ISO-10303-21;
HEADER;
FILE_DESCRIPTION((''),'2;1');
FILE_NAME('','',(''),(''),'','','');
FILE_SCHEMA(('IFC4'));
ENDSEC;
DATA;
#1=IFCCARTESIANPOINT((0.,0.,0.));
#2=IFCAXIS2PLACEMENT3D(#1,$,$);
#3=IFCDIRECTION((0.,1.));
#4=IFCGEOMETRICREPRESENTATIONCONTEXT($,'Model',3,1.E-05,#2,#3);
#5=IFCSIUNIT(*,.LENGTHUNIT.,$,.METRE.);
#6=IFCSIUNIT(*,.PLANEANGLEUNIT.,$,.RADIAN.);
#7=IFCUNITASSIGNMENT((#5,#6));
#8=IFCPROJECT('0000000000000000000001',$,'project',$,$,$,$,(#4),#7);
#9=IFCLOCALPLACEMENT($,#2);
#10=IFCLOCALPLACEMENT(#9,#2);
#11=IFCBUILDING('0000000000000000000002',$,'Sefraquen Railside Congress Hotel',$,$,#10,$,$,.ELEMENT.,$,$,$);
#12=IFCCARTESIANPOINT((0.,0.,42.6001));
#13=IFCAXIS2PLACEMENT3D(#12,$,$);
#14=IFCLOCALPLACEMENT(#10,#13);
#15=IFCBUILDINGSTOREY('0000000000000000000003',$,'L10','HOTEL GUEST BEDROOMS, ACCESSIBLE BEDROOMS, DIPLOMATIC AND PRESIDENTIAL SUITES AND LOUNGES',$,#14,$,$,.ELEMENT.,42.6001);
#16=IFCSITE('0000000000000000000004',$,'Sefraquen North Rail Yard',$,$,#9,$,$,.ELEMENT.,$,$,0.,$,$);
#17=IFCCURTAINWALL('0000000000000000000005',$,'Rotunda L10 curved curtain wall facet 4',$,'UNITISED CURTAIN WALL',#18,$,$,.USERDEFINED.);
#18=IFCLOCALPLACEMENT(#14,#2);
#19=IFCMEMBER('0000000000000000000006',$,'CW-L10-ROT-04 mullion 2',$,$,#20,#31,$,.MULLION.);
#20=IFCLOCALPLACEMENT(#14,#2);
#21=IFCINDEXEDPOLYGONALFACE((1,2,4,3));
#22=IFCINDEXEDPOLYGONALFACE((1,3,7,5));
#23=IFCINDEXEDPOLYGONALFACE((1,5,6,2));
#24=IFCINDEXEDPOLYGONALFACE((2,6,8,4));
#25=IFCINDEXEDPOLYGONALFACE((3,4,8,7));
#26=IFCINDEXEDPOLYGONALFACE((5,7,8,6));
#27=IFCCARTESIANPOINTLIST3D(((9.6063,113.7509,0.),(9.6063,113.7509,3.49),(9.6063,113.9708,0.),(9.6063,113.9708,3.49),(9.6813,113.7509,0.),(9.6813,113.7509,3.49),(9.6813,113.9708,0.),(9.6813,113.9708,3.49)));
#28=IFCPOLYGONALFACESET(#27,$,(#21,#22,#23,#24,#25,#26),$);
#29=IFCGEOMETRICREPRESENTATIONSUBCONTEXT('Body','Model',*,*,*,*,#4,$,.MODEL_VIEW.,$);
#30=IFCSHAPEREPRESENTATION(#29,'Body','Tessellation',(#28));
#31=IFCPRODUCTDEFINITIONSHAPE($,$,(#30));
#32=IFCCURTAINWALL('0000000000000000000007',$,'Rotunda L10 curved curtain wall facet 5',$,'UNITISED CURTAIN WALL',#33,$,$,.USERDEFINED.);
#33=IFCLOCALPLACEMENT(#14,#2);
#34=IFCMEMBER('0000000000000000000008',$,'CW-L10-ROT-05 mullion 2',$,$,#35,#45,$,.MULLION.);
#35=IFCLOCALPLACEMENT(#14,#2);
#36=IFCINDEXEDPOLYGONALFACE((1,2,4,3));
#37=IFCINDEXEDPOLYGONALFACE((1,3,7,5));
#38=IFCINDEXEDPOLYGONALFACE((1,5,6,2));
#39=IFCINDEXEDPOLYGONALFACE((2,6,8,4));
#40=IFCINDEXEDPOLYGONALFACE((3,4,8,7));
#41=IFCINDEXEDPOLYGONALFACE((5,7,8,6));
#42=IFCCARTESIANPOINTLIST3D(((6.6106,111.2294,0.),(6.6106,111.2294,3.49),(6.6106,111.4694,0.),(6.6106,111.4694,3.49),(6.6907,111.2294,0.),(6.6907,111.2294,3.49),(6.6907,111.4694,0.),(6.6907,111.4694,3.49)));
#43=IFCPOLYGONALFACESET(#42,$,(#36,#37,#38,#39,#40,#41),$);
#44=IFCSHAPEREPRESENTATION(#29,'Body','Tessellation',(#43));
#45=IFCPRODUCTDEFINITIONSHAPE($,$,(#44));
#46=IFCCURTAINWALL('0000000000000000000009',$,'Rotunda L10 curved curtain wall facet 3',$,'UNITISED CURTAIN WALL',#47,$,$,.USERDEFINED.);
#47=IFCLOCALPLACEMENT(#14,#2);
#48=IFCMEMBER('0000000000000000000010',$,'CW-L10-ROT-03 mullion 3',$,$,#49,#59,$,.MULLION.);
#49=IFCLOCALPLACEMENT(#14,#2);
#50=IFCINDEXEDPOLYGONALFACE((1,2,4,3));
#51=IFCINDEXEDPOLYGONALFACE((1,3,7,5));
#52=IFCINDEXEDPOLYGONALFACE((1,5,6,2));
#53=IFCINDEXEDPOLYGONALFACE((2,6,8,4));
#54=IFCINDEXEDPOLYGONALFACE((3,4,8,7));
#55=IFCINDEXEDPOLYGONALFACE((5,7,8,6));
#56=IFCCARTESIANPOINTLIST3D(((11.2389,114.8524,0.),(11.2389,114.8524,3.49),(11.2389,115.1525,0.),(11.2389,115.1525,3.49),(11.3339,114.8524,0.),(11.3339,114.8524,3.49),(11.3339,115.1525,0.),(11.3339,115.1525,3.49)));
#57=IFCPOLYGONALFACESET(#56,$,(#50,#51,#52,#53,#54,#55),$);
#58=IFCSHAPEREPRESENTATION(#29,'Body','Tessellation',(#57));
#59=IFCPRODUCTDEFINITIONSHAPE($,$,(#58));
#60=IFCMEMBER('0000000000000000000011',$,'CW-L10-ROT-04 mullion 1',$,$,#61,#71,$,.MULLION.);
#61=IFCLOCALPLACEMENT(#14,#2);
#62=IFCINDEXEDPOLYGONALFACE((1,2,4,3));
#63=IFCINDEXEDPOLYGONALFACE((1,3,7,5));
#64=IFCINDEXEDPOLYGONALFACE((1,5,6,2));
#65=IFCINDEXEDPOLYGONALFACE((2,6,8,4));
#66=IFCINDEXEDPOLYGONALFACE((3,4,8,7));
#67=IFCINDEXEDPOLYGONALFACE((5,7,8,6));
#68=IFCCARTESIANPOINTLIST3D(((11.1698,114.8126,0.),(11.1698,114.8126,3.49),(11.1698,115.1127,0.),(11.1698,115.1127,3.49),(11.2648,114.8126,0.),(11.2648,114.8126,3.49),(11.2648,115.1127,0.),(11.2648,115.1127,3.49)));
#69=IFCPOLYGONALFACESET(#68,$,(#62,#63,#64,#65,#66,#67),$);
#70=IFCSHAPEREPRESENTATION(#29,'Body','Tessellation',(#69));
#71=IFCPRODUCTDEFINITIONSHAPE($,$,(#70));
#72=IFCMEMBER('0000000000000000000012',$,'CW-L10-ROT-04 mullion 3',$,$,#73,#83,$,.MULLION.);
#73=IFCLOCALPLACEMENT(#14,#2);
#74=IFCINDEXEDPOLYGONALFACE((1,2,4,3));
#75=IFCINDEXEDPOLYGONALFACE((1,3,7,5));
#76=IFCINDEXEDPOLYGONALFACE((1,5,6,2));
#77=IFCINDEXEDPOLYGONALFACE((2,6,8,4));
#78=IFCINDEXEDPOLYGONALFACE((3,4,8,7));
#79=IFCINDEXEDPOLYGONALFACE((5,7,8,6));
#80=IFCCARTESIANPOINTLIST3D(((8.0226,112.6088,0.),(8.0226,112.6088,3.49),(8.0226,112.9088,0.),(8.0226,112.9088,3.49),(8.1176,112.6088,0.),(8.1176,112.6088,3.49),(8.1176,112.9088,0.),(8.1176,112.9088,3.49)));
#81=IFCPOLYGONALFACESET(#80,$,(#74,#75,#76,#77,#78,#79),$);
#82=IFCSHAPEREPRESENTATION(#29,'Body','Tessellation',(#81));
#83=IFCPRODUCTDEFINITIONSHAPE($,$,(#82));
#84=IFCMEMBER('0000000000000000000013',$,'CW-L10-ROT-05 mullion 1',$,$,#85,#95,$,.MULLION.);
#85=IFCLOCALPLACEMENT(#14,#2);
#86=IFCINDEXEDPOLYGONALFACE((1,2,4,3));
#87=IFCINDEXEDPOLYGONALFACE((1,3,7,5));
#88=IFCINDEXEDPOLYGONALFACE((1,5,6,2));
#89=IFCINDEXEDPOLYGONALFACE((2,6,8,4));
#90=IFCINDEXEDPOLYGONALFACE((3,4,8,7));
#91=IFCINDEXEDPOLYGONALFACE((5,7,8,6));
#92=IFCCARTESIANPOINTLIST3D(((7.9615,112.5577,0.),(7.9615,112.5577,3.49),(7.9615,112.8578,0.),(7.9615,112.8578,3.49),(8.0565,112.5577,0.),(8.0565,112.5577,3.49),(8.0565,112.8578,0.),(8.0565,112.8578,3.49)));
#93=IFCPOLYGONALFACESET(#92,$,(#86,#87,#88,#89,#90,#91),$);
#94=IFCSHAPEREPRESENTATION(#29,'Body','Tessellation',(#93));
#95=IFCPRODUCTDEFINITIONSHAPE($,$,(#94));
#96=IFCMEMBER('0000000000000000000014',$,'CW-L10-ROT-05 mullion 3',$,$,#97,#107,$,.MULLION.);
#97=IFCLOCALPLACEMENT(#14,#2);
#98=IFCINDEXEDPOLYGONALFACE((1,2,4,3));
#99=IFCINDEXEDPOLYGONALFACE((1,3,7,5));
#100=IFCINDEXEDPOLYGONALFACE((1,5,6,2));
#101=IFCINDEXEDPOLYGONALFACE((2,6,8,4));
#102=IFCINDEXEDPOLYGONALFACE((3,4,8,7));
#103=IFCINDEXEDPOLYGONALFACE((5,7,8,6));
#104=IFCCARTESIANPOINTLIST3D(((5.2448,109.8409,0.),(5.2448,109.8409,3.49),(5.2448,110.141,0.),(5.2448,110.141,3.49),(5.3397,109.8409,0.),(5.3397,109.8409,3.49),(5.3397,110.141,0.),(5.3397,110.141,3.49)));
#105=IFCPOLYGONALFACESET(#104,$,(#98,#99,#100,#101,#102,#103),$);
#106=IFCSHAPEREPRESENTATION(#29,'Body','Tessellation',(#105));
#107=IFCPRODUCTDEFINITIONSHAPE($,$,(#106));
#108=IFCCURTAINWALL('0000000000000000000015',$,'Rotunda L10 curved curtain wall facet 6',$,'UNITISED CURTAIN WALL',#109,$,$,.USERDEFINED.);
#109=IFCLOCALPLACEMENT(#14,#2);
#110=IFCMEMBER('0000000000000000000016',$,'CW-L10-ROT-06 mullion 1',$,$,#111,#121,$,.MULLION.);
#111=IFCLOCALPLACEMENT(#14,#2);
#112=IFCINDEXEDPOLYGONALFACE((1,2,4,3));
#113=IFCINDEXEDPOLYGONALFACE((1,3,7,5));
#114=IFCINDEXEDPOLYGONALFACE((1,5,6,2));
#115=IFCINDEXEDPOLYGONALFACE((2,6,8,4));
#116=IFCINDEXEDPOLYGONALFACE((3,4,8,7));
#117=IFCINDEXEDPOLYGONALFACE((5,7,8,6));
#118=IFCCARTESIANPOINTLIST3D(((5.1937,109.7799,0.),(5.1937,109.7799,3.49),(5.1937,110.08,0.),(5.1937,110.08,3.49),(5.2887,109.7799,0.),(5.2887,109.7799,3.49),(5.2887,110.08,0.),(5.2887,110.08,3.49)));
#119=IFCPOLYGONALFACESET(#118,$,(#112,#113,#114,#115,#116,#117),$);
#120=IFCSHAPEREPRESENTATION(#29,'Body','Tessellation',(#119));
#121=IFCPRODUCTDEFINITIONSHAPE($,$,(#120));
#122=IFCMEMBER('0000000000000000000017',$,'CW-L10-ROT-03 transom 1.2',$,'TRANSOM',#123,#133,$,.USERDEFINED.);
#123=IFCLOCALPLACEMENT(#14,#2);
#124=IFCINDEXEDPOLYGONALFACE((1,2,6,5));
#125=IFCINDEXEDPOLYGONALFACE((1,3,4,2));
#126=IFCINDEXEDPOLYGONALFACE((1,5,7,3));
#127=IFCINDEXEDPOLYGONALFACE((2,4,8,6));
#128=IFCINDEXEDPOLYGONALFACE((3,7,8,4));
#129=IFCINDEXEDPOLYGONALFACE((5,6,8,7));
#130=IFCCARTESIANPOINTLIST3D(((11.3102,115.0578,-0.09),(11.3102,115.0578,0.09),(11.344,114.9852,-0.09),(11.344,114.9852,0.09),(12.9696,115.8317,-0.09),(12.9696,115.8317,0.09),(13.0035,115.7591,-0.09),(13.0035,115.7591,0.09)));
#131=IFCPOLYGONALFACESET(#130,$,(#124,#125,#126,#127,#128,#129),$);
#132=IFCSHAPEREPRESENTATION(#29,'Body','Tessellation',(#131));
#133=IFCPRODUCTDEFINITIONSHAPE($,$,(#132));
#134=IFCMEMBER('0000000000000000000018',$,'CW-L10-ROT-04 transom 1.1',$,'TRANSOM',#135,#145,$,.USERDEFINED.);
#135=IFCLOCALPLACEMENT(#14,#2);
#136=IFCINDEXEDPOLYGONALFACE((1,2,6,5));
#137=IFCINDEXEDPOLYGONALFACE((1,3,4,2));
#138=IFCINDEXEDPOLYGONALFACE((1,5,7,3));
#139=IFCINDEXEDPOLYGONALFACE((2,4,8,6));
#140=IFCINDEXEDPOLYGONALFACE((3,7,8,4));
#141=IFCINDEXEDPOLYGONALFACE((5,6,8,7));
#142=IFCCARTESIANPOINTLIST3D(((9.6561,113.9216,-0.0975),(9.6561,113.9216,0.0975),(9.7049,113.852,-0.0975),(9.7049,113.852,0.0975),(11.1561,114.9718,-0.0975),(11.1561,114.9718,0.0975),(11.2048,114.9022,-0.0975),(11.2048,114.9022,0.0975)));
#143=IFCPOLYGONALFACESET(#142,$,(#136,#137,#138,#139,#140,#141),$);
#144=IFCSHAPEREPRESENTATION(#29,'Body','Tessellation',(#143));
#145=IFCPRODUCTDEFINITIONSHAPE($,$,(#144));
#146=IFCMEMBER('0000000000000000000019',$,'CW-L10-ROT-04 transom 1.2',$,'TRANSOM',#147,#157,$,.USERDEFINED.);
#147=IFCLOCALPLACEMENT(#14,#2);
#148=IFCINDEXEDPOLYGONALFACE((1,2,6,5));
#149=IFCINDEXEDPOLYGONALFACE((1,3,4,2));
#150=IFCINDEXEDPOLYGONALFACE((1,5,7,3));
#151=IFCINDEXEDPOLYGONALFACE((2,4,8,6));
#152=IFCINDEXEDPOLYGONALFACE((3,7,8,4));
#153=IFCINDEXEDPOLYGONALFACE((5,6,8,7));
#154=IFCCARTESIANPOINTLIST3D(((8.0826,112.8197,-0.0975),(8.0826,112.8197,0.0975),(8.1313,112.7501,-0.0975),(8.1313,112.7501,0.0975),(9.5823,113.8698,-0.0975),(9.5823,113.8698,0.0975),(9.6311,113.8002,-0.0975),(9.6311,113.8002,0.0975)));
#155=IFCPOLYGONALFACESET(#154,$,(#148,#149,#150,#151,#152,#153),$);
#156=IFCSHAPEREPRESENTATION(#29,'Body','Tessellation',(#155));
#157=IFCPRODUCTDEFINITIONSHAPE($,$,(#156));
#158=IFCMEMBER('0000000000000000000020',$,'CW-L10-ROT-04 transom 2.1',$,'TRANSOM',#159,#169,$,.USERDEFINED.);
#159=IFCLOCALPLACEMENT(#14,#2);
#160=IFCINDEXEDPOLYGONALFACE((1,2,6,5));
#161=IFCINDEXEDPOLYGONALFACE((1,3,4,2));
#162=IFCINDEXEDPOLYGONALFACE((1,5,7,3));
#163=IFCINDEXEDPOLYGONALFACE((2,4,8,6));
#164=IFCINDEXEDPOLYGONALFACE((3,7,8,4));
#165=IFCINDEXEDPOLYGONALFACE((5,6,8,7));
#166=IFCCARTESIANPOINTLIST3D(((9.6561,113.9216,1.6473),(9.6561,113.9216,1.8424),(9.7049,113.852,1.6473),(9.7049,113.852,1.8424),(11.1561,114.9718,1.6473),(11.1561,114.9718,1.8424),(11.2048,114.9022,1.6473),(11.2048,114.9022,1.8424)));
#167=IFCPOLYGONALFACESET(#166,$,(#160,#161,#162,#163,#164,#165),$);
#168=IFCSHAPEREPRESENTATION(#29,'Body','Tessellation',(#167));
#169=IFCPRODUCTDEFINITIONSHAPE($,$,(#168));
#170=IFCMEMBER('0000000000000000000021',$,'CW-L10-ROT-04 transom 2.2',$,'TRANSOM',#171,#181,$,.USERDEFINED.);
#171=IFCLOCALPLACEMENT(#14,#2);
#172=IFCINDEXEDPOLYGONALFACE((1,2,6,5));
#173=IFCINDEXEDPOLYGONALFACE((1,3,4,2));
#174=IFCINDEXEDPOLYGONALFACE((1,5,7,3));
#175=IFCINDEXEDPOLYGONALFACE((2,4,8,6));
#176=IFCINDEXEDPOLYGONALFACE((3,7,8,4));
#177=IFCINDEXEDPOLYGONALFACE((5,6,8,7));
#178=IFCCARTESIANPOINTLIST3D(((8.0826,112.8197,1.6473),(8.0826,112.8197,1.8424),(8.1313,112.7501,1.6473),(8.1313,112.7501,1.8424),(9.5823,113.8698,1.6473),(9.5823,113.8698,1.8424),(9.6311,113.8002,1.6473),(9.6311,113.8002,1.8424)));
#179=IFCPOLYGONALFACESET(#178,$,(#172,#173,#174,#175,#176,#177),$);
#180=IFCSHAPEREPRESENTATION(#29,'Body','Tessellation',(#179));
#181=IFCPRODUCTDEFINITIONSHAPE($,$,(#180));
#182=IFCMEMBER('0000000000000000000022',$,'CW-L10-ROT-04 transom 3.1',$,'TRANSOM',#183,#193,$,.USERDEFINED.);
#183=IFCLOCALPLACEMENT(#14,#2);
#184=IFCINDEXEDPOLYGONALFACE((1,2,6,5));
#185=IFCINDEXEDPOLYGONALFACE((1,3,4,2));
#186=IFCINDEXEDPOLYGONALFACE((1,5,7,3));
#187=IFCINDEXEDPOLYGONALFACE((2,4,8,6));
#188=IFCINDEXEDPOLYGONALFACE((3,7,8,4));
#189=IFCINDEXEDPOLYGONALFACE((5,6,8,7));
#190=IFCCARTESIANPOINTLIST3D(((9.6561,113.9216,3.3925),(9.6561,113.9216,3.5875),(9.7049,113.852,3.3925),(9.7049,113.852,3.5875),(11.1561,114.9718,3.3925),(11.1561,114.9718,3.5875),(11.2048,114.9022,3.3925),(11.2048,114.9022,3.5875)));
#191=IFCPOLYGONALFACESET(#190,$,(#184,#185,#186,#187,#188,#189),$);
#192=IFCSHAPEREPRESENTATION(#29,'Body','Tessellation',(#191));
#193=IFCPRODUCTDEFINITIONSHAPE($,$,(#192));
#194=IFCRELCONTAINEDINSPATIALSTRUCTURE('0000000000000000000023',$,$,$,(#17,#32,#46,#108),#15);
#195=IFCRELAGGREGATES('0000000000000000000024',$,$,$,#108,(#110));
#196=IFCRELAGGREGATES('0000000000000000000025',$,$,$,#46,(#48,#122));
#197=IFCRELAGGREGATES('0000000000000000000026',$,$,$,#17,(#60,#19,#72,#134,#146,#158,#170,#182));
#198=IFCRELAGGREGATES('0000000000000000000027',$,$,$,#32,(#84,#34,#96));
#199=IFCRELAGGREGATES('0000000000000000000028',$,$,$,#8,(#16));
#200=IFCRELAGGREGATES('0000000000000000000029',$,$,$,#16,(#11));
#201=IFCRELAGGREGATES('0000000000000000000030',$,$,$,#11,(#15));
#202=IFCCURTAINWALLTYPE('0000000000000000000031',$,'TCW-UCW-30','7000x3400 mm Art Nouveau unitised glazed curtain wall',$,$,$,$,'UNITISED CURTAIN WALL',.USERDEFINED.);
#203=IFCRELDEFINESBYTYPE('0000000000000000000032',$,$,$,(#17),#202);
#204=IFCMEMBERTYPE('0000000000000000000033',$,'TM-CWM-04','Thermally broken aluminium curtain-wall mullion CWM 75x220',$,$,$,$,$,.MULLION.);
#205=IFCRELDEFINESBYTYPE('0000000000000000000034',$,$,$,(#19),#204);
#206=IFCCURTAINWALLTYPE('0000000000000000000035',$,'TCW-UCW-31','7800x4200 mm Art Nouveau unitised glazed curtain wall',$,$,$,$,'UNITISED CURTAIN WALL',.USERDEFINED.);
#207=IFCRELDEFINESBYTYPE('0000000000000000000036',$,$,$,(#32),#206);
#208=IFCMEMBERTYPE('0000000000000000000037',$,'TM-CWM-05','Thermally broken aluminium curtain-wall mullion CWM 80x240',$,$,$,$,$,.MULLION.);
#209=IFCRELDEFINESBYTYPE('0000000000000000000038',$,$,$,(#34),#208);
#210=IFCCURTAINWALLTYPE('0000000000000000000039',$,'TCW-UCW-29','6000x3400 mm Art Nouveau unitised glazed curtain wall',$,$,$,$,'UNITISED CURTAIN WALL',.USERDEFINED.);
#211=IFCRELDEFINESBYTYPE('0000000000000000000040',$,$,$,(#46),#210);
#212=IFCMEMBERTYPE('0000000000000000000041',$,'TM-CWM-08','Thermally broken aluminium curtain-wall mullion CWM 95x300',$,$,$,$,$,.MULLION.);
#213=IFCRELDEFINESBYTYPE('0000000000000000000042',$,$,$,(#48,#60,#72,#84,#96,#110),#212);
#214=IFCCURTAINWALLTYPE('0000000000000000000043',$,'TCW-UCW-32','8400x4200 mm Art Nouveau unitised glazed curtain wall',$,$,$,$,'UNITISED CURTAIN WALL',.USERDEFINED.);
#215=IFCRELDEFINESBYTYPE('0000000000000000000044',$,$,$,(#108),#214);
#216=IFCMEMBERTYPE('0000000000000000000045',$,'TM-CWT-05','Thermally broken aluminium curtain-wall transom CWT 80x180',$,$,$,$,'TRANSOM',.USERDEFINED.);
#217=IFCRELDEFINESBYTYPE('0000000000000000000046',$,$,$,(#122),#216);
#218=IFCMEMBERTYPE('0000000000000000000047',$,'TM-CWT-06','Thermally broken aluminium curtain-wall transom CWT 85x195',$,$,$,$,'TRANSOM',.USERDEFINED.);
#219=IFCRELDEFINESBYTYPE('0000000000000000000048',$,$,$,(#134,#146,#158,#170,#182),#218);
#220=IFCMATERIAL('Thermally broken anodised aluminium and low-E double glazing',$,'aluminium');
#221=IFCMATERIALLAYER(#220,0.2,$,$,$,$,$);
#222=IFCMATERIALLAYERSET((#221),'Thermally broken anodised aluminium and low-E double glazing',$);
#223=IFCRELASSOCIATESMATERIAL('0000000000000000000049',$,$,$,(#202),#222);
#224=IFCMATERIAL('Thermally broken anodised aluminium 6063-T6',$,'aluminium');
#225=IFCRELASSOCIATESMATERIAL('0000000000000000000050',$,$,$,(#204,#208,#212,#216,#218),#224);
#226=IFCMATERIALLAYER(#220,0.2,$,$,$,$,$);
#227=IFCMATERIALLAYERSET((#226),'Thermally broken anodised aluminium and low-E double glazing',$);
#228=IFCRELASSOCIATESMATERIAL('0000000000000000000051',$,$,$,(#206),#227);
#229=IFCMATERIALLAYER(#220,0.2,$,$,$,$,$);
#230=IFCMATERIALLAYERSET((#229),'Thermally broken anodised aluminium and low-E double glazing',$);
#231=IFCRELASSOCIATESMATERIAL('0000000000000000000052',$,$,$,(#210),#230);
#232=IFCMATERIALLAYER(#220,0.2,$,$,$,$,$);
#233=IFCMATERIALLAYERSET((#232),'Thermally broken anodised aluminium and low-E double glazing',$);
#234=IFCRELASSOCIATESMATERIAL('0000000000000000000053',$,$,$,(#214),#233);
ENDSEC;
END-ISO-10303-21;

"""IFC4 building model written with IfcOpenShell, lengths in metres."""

from ifc_helpers import new_model, si_unit, direction, frame, origin, origin_2d, place, context, subcontext, project, spatial, rectangle, extrude, material, layer, layer_set, material_profile, profile_set, type_object, element, aggregate, save


model = new_model("IFC4")

# Units and contexts
model_context = context("Model", 3, precision=1e-05, world=origin(), true_north=direction((0.0, 1.0)))
body_context = subcontext(model_context, "Body", "Model", "MODEL_VIEW")
ifc_project = project(units=[si_unit("LENGTHUNIT", "METRE"), si_unit("PLANEANGLEUNIT", "RADIAN")], contexts=[model_context])

# Site, building, storey
site_placement = place(None, origin())
site = spatial("IfcSite", under=ifc_project, at=site_placement, Name="Sefraquen North Rail Yard", CompositionType="ELEMENT", RefElevation=0.0)
building_placement = place(site_placement, origin())
building = spatial("IfcBuilding", under=site, at=building_placement, Name="Sefraquen Railside Congress Hotel", CompositionType="ELEMENT")
storey_placement = place(building_placement, frame((0.0, 0.0, 42.6001)))
storey = spatial("IfcBuildingStorey", under=building, at=storey_placement, Name="L10", Description="HOTEL GUEST BEDROOMS, ACCESSIBLE BEDROOMS, DIPLOMATIC AND PRESIDENTIAL SUITES AND LOUNGES", CompositionType="ELEMENT", Elevation=42.6001)

# Curtain walls, members
ifc_material_1 = material(Name="Thermally broken anodised aluminium and low-E double glazing", Category="aluminium")
ifc_layer_1 = layer(ifc_material_1, 0.2)
ifc_layer_set_1 = layer_set([ifc_layer_1], Name="Thermally broken anodised aluminium and low-E double glazing")
curtain_wall_type_1 = type_object("IfcCurtainWallType", Name="TCW-UCW-30", Description="7000x3400 mm Art Nouveau unitised glazed curtain wall", ElementType="UNITISED CURTAIN WALL", PredefinedType="USERDEFINED", material=ifc_layer_set_1)
curtain_wall_1_placement = place(storey_placement, origin())
curtain_wall_1 = element("IfcCurtainWall", 1, at=curtain_wall_1_placement, inside=storey, type_object=curtain_wall_type_1, Name="Rotunda L10 curved curtain wall facet 4", ObjectType="UNITISED CURTAIN WALL", PredefinedType="USERDEFINED")
ifc_material_2 = material(Name="Thermally broken anodised aluminium 6063-T6", Category="aluminium")
ifc_material_profile_1 = material_profile(ifc_material_2, rectangle(XDim=0.075, YDim=0.22, at=origin_2d()), Name="CWM 75x220")
ifc_profile_set_1 = profile_set([ifc_material_profile_1], Name="Thermally broken anodised aluminium 6063-T6")
member_type_1 = type_object("IfcMemberType", Name="TM-CWM-04", Description="Thermally broken aluminium curtain-wall mullion CWM 75x220", PredefinedType="MULLION", material=ifc_profile_set_1)
member_1_placement = place(storey_placement, frame((9.6438, 113.8608, 0.0), z_axis=(0.0, 0.0, 1.0), x_axis=(1.0, 0.0, 0.0)))
member_1 = element("IfcMember", 2, at=member_1_placement, type_object=member_type_1, Name="CW-L10-ROT-04 mullion 2", PredefinedType="MULLION", context=body_context, shape_type="SweptSolid", body=[
    extrude(rectangle(XDim=0.075, YDim=0.22, at=origin_2d()), origin(), (0.0, 0.0, 1.0), 3.49),
])
ifc_layer_2 = layer(ifc_material_1, 0.2)
ifc_layer_set_2 = layer_set([ifc_layer_2], Name="Thermally broken anodised aluminium and low-E double glazing")
curtain_wall_type_2 = type_object("IfcCurtainWallType", Name="TCW-UCW-31", Description="7800x4200 mm Art Nouveau unitised glazed curtain wall", ElementType="UNITISED CURTAIN WALL", PredefinedType="USERDEFINED", material=ifc_layer_set_2)
curtain_wall_2_placement = place(storey_placement, origin())
curtain_wall_2 = element("IfcCurtainWall", 3, at=curtain_wall_2_placement, inside=storey, type_object=curtain_wall_type_2, Name="Rotunda L10 curved curtain wall facet 5", ObjectType="UNITISED CURTAIN WALL", PredefinedType="USERDEFINED")
ifc_material_profile_2 = material_profile(ifc_material_2, rectangle(XDim=0.0801, YDim=0.24, at=origin_2d()), Name="CWM 80x240")
ifc_profile_set_2 = profile_set([ifc_material_profile_2], Name="Thermally broken anodised aluminium 6063-T6")
member_type_2 = type_object("IfcMemberType", Name="TM-CWM-05", Description="Thermally broken aluminium curtain-wall mullion CWM 80x240", PredefinedType="MULLION", material=ifc_profile_set_2)
member_2_placement = place(storey_placement, frame((6.6506, 111.3494, 0.0), z_axis=(0.0, 0.0, 1.0), x_axis=(1.0, 0.0, 0.0)))
member_2 = element("IfcMember", 4, at=member_2_placement, type_object=member_type_2, Name="CW-L10-ROT-05 mullion 2", PredefinedType="MULLION", context=body_context, shape_type="SweptSolid", body=[
    extrude(rectangle(XDim=0.0801, YDim=0.24, at=origin_2d()), origin(), (0.0, 0.0, 1.0), 3.49),
])
ifc_layer_3 = layer(ifc_material_1, 0.2)
ifc_layer_set_3 = layer_set([ifc_layer_3], Name="Thermally broken anodised aluminium and low-E double glazing")
curtain_wall_type_3 = type_object("IfcCurtainWallType", Name="TCW-UCW-29", Description="6000x3400 mm Art Nouveau unitised glazed curtain wall", ElementType="UNITISED CURTAIN WALL", PredefinedType="USERDEFINED", material=ifc_layer_set_3)
curtain_wall_3_placement = place(storey_placement, origin())
curtain_wall_3 = element("IfcCurtainWall", 5, at=curtain_wall_3_placement, inside=storey, type_object=curtain_wall_type_3, Name="Rotunda L10 curved curtain wall facet 3", ObjectType="UNITISED CURTAIN WALL", PredefinedType="USERDEFINED")
ifc_material_profile_3 = material_profile(ifc_material_2, rectangle(XDim=0.095, YDim=0.3, at=origin_2d()), Name="CWM 95x300")
ifc_profile_set_3 = profile_set([ifc_material_profile_3], Name="Thermally broken anodised aluminium 6063-T6")
member_type_3 = type_object("IfcMemberType", Name="TM-CWM-08", Description="Thermally broken aluminium curtain-wall mullion CWM 95x300", PredefinedType="MULLION", material=ifc_profile_set_3)
member_3_placement = place(storey_placement, frame((11.2864, 115.0024, 0.0), z_axis=(0.0, 0.0, 1.0), x_axis=(1.0, 0.0, 0.0)))
member_3 = element("IfcMember", 6, at=member_3_placement, type_object=member_type_3, Name="CW-L10-ROT-03 mullion 3", PredefinedType="MULLION", context=body_context, shape_type="SweptSolid", body=[
    extrude(rectangle(XDim=0.095, YDim=0.3, at=origin_2d()), origin(), (0.0, 0.0, 1.0), 3.49),
])

# Members
member_4_placement = place(storey_placement, frame((11.2173, 114.9626, 0.0), z_axis=(0.0, 0.0, 1.0), x_axis=(1.0, 0.0, 0.0)))
member_4 = element("IfcMember", 7, at=member_4_placement, type_object=member_type_3, Name="CW-L10-ROT-04 mullion 1", PredefinedType="MULLION", context=body_context, shape_type="SweptSolid", body=[
    extrude(rectangle(XDim=0.095, YDim=0.3, at=origin_2d()), origin(), (0.0, 0.0, 1.0), 3.49),
])
member_5_placement = place(storey_placement, frame((8.0701, 112.7588, 0.0), z_axis=(0.0, 0.0, 1.0), x_axis=(1.0, 0.0, 0.0)))
member_5 = element("IfcMember", 8, at=member_5_placement, type_object=member_type_3, Name="CW-L10-ROT-04 mullion 3", PredefinedType="MULLION", context=body_context, shape_type="SweptSolid", body=[
    extrude(rectangle(XDim=0.095, YDim=0.3, at=origin_2d()), origin(), (0.0, 0.0, 1.0), 3.49),
])
member_6_placement = place(storey_placement, frame((8.009, 112.7078, 0.0), z_axis=(0.0, 0.0, 1.0), x_axis=(1.0, 0.0, 0.0)))
member_6 = element("IfcMember", 9, at=member_6_placement, type_object=member_type_3, Name="CW-L10-ROT-05 mullion 1", PredefinedType="MULLION", context=body_context, shape_type="SweptSolid", body=[
    extrude(rectangle(XDim=0.095, YDim=0.3, at=origin_2d()), origin(), (0.0, 0.0, 1.0), 3.49),
])
member_7_placement = place(storey_placement, frame((5.2922, 109.991, 0.0), z_axis=(0.0, 0.0, 1.0), x_axis=(1.0, 0.0, 0.0)))
member_7 = element("IfcMember", 10, at=member_7_placement, type_object=member_type_3, Name="CW-L10-ROT-05 mullion 3", PredefinedType="MULLION", context=body_context, shape_type="SweptSolid", body=[
    extrude(rectangle(XDim=0.095, YDim=0.3, at=origin_2d()), origin(), (0.0, 0.0, 1.0), 3.49),
])

# Curtain wall, member
ifc_layer_4 = layer(ifc_material_1, 0.2)
ifc_layer_set_4 = layer_set([ifc_layer_4], Name="Thermally broken anodised aluminium and low-E double glazing")
curtain_wall_type_4 = type_object("IfcCurtainWallType", Name="TCW-UCW-32", Description="8400x4200 mm Art Nouveau unitised glazed curtain wall", ElementType="UNITISED CURTAIN WALL", PredefinedType="USERDEFINED", material=ifc_layer_set_4)
curtain_wall_4_placement = place(storey_placement, origin())
curtain_wall_4 = element("IfcCurtainWall", 11, at=curtain_wall_4_placement, inside=storey, type_object=curtain_wall_type_4, Name="Rotunda L10 curved curtain wall facet 6", ObjectType="UNITISED CURTAIN WALL", PredefinedType="USERDEFINED")
member_8_placement = place(storey_placement, frame((5.2412, 109.9299, 0.0), z_axis=(0.0, 0.0, 1.0), x_axis=(1.0, 0.0, 0.0)))
member_8 = element("IfcMember", 12, at=member_8_placement, type_object=member_type_3, Name="CW-L10-ROT-06 mullion 1", PredefinedType="MULLION", context=body_context, shape_type="SweptSolid", body=[
    extrude(rectangle(XDim=0.095, YDim=0.3, at=origin_2d()), origin(), (0.0, 0.0, 1.0), 3.49),
])

# Members
ifc_material_profile_4 = material_profile(ifc_material_2, rectangle(XDim=0.0801, YDim=0.1799, at=origin_2d()), Name="CWT 80x180")
ifc_profile_set_4 = profile_set([ifc_material_profile_4], Name="Thermally broken anodised aluminium 6063-T6")
member_type_4 = type_object("IfcMemberType", Name="TM-CWT-05", Description="Thermally broken aluminium curtain-wall transom CWT 80x180", ElementType="TRANSOM", PredefinedType="USERDEFINED", material=ifc_profile_set_4)
member_9_placement = place(storey_placement, frame((12.9866, 115.7954, 0.0), z_axis=(-0.906282, -0.422674, 0.0), x_axis=(0.422674, -0.906282, 0.0)))
member_9 = element("IfcMember", 13, at=member_9_placement, type_object=member_type_4, Name="CW-L10-ROT-03 transom 1.2", ObjectType="TRANSOM", PredefinedType="USERDEFINED", context=body_context, shape_type="SweptSolid", body=[
    extrude(rectangle(XDim=0.0801, YDim=0.1799, at=origin_2d()), origin(), (0.0, 0.0, 1.0), 1.8311),
])
ifc_material_profile_5 = material_profile(ifc_material_2, rectangle(XDim=0.085, YDim=0.1951, at=origin_2d()), Name="CWT 85x195")
ifc_profile_set_5 = profile_set([ifc_material_profile_5], Name="Thermally broken anodised aluminium 6063-T6")
member_type_5 = type_object("IfcMemberType", Name="TM-CWT-06", Description="Thermally broken aluminium curtain-wall transom CWT 85x195", ElementType="TRANSOM", PredefinedType="USERDEFINED", material=ifc_profile_set_5)
member_10_placement = place(storey_placement, frame((11.1804, 114.937, 0.0), z_axis=(-0.819157, -0.57357, 0.0), x_axis=(0.57357, -0.819157, 0.0)))
member_10 = element("IfcMember", 14, at=member_10_placement, type_object=member_type_5, Name="CW-L10-ROT-04 transom 1.1", ObjectType="TRANSOM", PredefinedType="USERDEFINED", context=body_context, shape_type="SweptSolid", body=[
    extrude(rectangle(XDim=0.085, YDim=0.1951, at=origin_2d()), origin(), (0.0, 0.0, 1.0), 1.8311),
])
member_11_placement = place(storey_placement, frame((9.6067, 113.835, 0.0), z_axis=(-0.819176, -0.573543, 0.0), x_axis=(0.573543, -0.819176, 0.0)))
member_11 = element("IfcMember", 15, at=member_11_placement, type_object=member_type_5, Name="CW-L10-ROT-04 transom 1.2", ObjectType="TRANSOM", PredefinedType="USERDEFINED", context=body_context, shape_type="SweptSolid", body=[
    extrude(rectangle(XDim=0.085, YDim=0.1951, at=origin_2d()), origin(), (0.0, 0.0, 1.0), 1.8308),
])
member_12_placement = place(storey_placement, frame((11.1804, 114.937, 1.7449), z_axis=(-0.819157, -0.57357, 0.0), x_axis=(0.57357, -0.819157, 0.0)))
member_12 = element("IfcMember", 16, at=member_12_placement, type_object=member_type_5, Name="CW-L10-ROT-04 transom 2.1", ObjectType="TRANSOM", PredefinedType="USERDEFINED", context=body_context, shape_type="SweptSolid", body=[
    extrude(rectangle(XDim=0.085, YDim=0.1951, at=origin_2d()), origin(), (0.0, 0.0, 1.0), 1.8311),
])
member_13_placement = place(storey_placement, frame((9.6067, 113.835, 1.7449), z_axis=(-0.819176, -0.573543, 0.0), x_axis=(0.573543, -0.819176, 0.0)))
member_13 = element("IfcMember", 17, at=member_13_placement, type_object=member_type_5, Name="CW-L10-ROT-04 transom 2.2", ObjectType="TRANSOM", PredefinedType="USERDEFINED", context=body_context, shape_type="SweptSolid", body=[
    extrude(rectangle(XDim=0.085, YDim=0.1951, at=origin_2d()), origin(), (0.0, 0.0, 1.0), 1.8308),
])
member_14_placement = place(storey_placement, frame((11.1804, 114.937, 3.49), z_axis=(-0.819157, -0.57357, 0.0), x_axis=(0.57357, -0.819157, 0.0)))
member_14 = element("IfcMember", 18, at=member_14_placement, type_object=member_type_5, Name="CW-L10-ROT-04 transom 3.1", ObjectType="TRANSOM", PredefinedType="USERDEFINED", context=body_context, shape_type="SweptSolid", body=[
    extrude(rectangle(XDim=0.085, YDim=0.1951, at=origin_2d()), origin(), (0.0, 0.0, 1.0), 1.8311),
])
aggregate(curtain_wall_4, [member_8])

aggregate(curtain_wall_3, [member_3, member_9])
aggregate(curtain_wall_1, [member_4, member_1, member_5, member_10, member_11, member_12, member_13, member_14])
aggregate(curtain_wall_2, [member_6, member_2, member_7])

save(model, "model.ifc")
